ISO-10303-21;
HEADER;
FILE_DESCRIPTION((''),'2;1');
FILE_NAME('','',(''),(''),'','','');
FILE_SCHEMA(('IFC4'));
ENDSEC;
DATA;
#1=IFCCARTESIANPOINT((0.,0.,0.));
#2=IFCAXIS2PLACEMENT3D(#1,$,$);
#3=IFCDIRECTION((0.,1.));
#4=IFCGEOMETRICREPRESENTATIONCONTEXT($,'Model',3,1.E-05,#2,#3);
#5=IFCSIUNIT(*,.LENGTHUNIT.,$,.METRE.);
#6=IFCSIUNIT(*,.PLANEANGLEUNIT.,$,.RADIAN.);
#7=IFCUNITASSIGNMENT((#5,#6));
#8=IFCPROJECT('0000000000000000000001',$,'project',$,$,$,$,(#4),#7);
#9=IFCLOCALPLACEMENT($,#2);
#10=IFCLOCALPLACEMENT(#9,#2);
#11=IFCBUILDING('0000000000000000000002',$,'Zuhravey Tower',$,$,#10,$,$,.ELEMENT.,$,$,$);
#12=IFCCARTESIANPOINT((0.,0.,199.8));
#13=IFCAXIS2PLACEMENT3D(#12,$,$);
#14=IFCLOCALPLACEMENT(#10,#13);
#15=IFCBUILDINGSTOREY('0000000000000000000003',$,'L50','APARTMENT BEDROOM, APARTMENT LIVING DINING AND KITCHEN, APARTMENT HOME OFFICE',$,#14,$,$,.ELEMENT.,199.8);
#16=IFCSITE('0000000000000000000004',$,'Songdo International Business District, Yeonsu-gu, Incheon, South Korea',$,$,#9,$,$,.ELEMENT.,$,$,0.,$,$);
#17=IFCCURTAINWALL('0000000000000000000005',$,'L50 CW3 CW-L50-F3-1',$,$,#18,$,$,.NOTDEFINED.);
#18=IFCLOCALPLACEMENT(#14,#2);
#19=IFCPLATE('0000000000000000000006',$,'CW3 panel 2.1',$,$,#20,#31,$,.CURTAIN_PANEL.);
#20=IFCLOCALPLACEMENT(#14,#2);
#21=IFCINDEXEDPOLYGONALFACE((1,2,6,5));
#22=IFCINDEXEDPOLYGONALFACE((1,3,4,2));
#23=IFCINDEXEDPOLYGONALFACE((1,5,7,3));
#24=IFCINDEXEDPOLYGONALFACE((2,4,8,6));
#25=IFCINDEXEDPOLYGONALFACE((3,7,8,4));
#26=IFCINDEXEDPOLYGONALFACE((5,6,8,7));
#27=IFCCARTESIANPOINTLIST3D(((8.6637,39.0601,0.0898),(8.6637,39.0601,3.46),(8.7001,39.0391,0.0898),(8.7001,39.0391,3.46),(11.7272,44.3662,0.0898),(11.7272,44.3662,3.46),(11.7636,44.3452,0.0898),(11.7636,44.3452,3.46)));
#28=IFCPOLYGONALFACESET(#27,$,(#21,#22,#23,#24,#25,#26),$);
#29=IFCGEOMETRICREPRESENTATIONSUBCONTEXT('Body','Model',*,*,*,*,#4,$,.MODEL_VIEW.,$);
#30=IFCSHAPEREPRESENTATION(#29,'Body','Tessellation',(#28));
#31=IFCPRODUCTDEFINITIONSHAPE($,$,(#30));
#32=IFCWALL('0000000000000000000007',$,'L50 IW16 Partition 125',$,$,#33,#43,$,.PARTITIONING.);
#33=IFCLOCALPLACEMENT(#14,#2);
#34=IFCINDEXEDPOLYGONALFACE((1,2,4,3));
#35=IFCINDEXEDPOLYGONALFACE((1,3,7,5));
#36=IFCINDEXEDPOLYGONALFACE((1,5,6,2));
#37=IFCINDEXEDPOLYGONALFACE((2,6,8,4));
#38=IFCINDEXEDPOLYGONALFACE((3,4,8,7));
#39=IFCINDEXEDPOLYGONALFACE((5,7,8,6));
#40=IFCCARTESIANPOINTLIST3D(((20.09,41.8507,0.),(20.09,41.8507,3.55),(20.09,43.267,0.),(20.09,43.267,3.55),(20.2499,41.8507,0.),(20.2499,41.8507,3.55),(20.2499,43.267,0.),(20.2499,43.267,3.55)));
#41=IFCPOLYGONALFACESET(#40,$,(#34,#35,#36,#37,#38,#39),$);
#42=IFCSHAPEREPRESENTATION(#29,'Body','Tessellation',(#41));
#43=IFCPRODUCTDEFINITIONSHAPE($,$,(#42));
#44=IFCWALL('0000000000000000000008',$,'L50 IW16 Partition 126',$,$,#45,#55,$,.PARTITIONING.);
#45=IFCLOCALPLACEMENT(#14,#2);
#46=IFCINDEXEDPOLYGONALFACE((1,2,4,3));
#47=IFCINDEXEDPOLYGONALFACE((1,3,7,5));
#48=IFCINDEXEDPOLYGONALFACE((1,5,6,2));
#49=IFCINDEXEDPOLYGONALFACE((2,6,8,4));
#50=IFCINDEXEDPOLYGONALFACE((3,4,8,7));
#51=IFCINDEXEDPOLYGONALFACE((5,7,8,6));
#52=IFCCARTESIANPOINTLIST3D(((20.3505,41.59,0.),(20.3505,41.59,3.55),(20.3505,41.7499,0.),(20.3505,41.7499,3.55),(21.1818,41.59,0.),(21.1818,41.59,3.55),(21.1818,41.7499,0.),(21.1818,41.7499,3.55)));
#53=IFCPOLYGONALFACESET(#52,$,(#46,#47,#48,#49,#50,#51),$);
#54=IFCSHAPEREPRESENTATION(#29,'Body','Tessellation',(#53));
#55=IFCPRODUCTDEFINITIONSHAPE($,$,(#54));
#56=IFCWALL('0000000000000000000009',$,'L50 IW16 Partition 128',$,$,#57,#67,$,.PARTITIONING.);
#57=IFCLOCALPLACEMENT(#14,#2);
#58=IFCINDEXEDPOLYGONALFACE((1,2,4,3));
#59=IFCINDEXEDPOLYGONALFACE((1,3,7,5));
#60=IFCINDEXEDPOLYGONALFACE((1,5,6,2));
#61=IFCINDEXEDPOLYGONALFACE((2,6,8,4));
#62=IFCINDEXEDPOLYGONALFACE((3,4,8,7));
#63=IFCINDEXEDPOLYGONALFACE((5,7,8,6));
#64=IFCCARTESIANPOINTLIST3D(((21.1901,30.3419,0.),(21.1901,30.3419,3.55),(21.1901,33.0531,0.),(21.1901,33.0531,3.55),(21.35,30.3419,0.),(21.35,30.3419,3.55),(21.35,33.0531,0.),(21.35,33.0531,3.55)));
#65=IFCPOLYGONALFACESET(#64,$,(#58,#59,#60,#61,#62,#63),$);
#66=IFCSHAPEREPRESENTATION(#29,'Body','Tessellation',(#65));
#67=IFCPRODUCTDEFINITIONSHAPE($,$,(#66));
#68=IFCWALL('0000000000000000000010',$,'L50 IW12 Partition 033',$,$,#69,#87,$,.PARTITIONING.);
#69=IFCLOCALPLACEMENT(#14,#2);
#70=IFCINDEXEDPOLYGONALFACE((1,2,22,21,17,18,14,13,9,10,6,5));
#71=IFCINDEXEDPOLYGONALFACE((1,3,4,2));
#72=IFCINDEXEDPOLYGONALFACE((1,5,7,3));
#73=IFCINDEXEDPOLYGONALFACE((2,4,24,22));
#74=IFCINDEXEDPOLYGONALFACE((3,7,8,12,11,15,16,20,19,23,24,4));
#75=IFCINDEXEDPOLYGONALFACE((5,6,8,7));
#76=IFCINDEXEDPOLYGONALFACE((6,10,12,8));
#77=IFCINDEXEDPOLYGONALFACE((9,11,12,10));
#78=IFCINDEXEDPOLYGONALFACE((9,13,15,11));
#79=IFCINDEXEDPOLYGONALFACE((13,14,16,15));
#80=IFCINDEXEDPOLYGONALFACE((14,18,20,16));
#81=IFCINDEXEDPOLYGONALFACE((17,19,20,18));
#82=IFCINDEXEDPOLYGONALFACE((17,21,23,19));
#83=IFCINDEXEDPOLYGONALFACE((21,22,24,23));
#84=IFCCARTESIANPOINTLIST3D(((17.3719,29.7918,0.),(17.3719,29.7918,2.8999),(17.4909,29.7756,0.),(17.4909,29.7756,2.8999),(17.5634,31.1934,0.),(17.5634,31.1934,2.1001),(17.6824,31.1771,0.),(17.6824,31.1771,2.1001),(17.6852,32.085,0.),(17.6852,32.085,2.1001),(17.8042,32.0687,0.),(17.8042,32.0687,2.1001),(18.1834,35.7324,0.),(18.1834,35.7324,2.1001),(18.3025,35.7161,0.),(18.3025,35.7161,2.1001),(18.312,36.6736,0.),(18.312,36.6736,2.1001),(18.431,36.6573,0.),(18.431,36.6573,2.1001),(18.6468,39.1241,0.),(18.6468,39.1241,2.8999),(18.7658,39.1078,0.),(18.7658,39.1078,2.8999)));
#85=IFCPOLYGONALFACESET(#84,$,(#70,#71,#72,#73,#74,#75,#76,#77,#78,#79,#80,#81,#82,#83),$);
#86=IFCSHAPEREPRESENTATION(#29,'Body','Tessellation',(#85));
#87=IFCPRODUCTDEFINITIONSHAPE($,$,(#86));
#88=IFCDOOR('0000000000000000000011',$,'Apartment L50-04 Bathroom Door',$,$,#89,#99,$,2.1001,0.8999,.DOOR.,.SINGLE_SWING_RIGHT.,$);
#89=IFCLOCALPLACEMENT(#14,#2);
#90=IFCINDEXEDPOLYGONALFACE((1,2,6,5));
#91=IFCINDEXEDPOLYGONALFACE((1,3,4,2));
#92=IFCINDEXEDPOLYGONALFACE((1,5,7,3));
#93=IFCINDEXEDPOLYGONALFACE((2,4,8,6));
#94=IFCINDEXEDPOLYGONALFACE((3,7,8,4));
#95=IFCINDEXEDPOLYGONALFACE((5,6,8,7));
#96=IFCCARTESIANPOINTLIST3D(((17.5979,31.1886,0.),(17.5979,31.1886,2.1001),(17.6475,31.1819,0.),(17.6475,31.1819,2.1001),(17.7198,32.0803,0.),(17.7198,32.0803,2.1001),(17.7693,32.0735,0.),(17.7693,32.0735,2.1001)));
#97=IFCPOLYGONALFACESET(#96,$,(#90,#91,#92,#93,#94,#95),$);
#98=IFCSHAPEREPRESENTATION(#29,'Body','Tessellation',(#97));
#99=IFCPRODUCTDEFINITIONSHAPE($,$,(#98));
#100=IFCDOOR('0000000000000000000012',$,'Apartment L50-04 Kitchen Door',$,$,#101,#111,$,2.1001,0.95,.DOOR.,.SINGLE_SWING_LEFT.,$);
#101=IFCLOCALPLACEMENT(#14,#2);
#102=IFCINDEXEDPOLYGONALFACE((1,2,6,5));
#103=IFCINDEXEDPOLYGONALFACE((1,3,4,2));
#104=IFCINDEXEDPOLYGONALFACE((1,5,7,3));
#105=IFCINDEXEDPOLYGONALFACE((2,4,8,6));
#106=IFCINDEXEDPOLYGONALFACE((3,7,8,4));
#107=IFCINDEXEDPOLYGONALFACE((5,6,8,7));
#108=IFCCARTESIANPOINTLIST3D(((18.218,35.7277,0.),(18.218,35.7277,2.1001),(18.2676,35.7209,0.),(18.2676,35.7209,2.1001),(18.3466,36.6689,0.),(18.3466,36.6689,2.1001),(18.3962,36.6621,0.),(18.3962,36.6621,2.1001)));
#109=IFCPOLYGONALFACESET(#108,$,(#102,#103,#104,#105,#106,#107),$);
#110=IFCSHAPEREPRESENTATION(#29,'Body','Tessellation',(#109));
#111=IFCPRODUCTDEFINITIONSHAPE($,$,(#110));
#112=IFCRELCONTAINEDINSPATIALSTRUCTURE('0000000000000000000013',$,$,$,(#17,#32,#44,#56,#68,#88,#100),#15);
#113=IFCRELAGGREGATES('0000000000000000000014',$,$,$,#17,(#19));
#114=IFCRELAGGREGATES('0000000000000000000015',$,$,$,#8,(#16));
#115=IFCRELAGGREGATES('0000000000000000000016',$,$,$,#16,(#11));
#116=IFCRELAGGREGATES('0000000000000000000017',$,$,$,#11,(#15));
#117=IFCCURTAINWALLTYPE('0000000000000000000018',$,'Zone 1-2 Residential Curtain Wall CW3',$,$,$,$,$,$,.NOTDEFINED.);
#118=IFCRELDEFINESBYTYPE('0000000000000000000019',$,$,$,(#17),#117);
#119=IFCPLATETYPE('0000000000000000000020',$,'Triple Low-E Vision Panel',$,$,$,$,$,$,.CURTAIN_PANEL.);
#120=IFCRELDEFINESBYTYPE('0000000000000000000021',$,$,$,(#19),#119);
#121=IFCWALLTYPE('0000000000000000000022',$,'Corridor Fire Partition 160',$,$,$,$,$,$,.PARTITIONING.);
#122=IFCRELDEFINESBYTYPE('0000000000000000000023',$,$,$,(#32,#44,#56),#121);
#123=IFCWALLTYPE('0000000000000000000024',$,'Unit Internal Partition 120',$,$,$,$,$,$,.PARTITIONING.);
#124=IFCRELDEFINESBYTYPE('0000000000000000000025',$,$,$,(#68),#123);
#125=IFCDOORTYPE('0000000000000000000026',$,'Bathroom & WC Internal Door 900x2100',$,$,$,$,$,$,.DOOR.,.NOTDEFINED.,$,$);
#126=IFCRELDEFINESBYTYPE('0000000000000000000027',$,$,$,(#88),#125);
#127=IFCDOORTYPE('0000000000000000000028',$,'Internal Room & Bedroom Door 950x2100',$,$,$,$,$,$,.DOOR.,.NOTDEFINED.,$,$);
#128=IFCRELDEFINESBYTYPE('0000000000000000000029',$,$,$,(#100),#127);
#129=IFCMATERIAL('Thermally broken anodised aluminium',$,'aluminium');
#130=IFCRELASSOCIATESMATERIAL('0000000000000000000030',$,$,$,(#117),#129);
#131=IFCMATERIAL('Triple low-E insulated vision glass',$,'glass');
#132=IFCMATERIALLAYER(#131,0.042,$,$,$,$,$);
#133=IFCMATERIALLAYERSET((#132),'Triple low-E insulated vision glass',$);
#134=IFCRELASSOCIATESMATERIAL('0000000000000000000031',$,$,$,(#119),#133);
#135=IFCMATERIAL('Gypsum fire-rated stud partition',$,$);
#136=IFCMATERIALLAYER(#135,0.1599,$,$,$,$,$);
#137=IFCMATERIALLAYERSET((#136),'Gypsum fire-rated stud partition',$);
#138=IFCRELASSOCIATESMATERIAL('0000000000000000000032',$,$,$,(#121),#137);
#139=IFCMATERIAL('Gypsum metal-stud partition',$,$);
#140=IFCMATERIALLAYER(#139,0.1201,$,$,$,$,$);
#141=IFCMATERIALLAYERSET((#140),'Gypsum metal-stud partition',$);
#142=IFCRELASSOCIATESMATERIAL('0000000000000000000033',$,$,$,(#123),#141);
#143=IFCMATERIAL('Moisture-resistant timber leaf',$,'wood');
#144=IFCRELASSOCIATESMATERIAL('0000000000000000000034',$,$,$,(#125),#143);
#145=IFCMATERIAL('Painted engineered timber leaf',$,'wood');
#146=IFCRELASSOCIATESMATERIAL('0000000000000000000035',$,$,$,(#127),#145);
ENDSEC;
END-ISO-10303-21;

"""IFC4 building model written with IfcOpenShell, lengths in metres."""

from ifc_helpers import new_model, si_unit, direction, frame, frame_2d, origin, origin_2d, place, context, subcontext, project, spatial, rectangle, extrude, material, layer, layer_set, type_object, element, fill, aggregate, save


model = new_model("IFC4")

# Units and contexts
model_context = context("Model", 3, precision=1e-05, world=origin(), true_north=direction((0.0, 1.0)))
body_context = subcontext(model_context, "Body", "Model", "MODEL_VIEW")
ifc_project = project(units=[si_unit("LENGTHUNIT", "METRE"), si_unit("PLANEANGLEUNIT", "RADIAN")], contexts=[model_context])

# Site, building, storey
site_placement = place(None, origin())
site = spatial("IfcSite", under=ifc_project, at=site_placement, Name="Songdo International Business District, Yeonsu-gu, Incheon, South Korea", CompositionType="ELEMENT", RefElevation=0.0)
building_placement = place(site_placement, origin())
building = spatial("IfcBuilding", under=site, at=building_placement, Name="Zuhravey Tower", CompositionType="ELEMENT")
storey_placement = place(building_placement, frame((0.0, 0.0, 199.8)))
storey = spatial("IfcBuildingStorey", under=building, at=storey_placement, Name="L50", Description="APARTMENT BEDROOM, APARTMENT LIVING DINING AND KITCHEN, APARTMENT HOME OFFICE", CompositionType="ELEMENT", Elevation=199.8)

# Curtain wall
ifc_material_1 = material(Name="Thermally broken anodised aluminium", Category="aluminium")
curtain_wall_type = type_object("IfcCurtainWallType", Name="Zone 1-2 Residential Curtain Wall CW3", PredefinedType="NOTDEFINED", material=ifc_material_1)
curtain_wall_placement = place(storey_placement, origin())
curtain_wall = element("IfcCurtainWall", 1, at=curtain_wall_placement, inside=storey, type_object=curtain_wall_type, Name="L50 CW3 CW-L50-F3-1", PredefinedType="NOTDEFINED")

# Plate
ifc_material_2 = material(Name="Triple low-E insulated vision glass", Category="glass")
ifc_layer_1 = layer(ifc_material_2, 0.042)
ifc_layer_set_1 = layer_set([ifc_layer_1], Name="Triple low-E insulated vision glass")
plate_type_1 = type_object("IfcPlateType", Name="Triple Low-E Vision Panel", PredefinedType="CURTAIN_PANEL", material=ifc_layer_set_1)
plate_1_placement = place(storey_placement, frame((10.2136, 41.7026, 0.0898), z_axis=(0.0, 0.0, 1.0), x_axis=(0.500003, 0.866024, 0.0)))
plate_1 = element("IfcPlate", 2, at=plate_1_placement, type_object=plate_type_1, Name="CW3 panel 2.1", PredefinedType="CURTAIN_PANEL", context=body_context, shape_type="SweptSolid", body=[
    extrude(rectangle(XDim=6.127, YDim=0.042, at=origin_2d()), origin(), (0.0, 0.0, 1.0), 3.3701),
])
aggregate(curtain_wall, [plate_1])

# Walls
ifc_material_3 = material(Name="Gypsum fire-rated stud partition")
ifc_layer_2 = layer(ifc_material_3, 0.1599)
ifc_layer_set_2 = layer_set([ifc_layer_2], Name="Gypsum fire-rated stud partition")
wall_type_1 = type_object("IfcWallType", Name="Corridor Fire Partition 160", PredefinedType="PARTITIONING", material=ifc_layer_set_2)
wall_1_placement = place(storey_placement, frame((20.1699, 43.2668, 0.0), z_axis=(0.0, 0.0, 1.0), x_axis=(0.0, -1.0, 0.0)))
element("IfcWall", 3, at=wall_1_placement, inside=storey, type_object=wall_type_1, Name="L50 IW16 Partition 125", PredefinedType="PARTITIONING", context=body_context, shape_type="SweptSolid", body=[
    extrude(rectangle(XDim=1.4163, YDim=0.1599, at=frame_2d((0.708, 0.0))), origin(), (0.0, 0.0, 1.0), 3.55),
])
wall_2_placement = place(storey_placement, frame((20.3506, 41.6699, 0.0), z_axis=(0.0, 0.0, 1.0), x_axis=(1.0, 0.0, 0.0)))
element("IfcWall", 4, at=wall_2_placement, inside=storey, type_object=wall_type_1, Name="L50 IW16 Partition 126", PredefinedType="PARTITIONING", context=body_context, shape_type="SweptSolid", body=[
    extrude(rectangle(XDim=0.8313, YDim=0.1599, at=frame_2d((0.4155, 0.0))), origin(), (0.0, 0.0, 1.0), 3.55),
])
wall_3_placement = place(storey_placement, frame((21.27, 33.053, 0.0), z_axis=(0.0, 0.0, 1.0), x_axis=(0.0, -1.0, 0.0)))
element("IfcWall", 5, at=wall_3_placement, inside=storey, type_object=wall_type_1, Name="L50 IW16 Partition 128", PredefinedType="PARTITIONING", context=body_context, shape_type="SweptSolid", body=[
    extrude(rectangle(XDim=2.7112, YDim=0.1599, at=frame_2d((1.3555, 0.0))), origin(), (0.0, 0.0, 1.0), 3.55),
])

# Wall, openings, doors
ifc_material_4 = material(Name="Gypsum metal-stud partition")
ifc_layer_3 = layer(ifc_material_4, 0.1201)
ifc_layer_set_3 = layer_set([ifc_layer_3], Name="Gypsum metal-stud partition")
wall_type_2 = type_object("IfcWallType", Name="Unit Internal Partition 120", PredefinedType="PARTITIONING", material=ifc_layer_set_3)
wall_4_placement = place(storey_placement, frame((18.7063, 39.116, 0.0), z_axis=(0.0, 0.0, 1.0), x_axis=(-0.135355, -0.990797, 0.0)))
wall_4 = element("IfcWall", 6, at=wall_4_placement, inside=storey, type_object=wall_type_2, Name="L50 IW12 Partition 033", PredefinedType="PARTITIONING", context=body_context, shape_type="SweptSolid", body=[
    extrude(rectangle(XDim=9.4189, YDim=0.1201, at=frame_2d((4.7095, 0.0))), origin(), (0.0, 0.0, 1.0), 2.8999),
])
opening_1_placement = place(wall_4_placement, frame((2.4731, 0.0, 0.0)))
opening_1 = element("IfcOpeningElement", 7, at=opening_1_placement, cuts=wall_4, PredefinedType="OPENING", context=body_context, shape_type="SweptSolid", body=[
    extrude(rectangle(XDim=0.95, YDim=2.1001, at=frame_2d((0.4751, 1.05))), frame((0.0, 0.072, 0.0), z_axis=(0.0, -1.0, 0.0), x_axis=(1.0, 0.0, 0.0)), (0.0, 0.0, 1.0), 0.144),
])
opening_2_placement = place(wall_4_placement, frame((7.1045, 0.0, 0.0)))
opening_2 = element("IfcOpeningElement", 8, at=opening_2_placement, cuts=wall_4, PredefinedType="OPENING", context=body_context, shape_type="SweptSolid", body=[
    extrude(rectangle(XDim=0.8999, YDim=2.1001, at=frame_2d((0.45, 1.05))), frame((0.0, 0.072, 0.0), z_axis=(0.0, -1.0, 0.0), x_axis=(1.0, 0.0, 0.0)), (0.0, 0.0, 1.0), 0.144),
])
ifc_material_5 = material(Name="Moisture-resistant timber leaf", Category="wood")
door_type_1 = type_object("IfcDoorType", Name="Bathroom & WC Internal Door 900x2100", OperationType="NOTDEFINED", PredefinedType="DOOR", material=ifc_material_5)
door_1_placement = place(opening_2_placement, origin())
door_1 = element("IfcDoor", 9, at=door_1_placement, inside=storey, type_object=door_type_1, Name="Apartment L50-04 Bathroom Door", OperationType="SINGLE_SWING_RIGHT", OverallHeight=2.1001, OverallWidth=0.8999, PredefinedType="DOOR", context=body_context, shape_type="SweptSolid", body=[
    extrude(rectangle(XDim=0.8999, YDim=2.1001, at=frame_2d((0.45, 1.05))), frame((0.0, 0.0249, 0.0), z_axis=(0.0, -1.0, 0.0), x_axis=(1.0, 0.0, 0.0)), (0.0, 0.0, 1.0), 0.05),
])
fill(opening_2, door_1)
ifc_material_6 = material(Name="Painted engineered timber leaf", Category="wood")
door_type_2 = type_object("IfcDoorType", Name="Internal Room & Bedroom Door 950x2100", OperationType="NOTDEFINED", PredefinedType="DOOR", material=ifc_material_6)
door_2_placement = place(opening_1_placement, origin())
door_2 = element("IfcDoor", 10, at=door_2_placement, inside=storey, type_object=door_type_2, Name="Apartment L50-04 Kitchen Door", OperationType="SINGLE_SWING_LEFT", OverallHeight=2.1001, OverallWidth=0.95, PredefinedType="DOOR", context=body_context, shape_type="SweptSolid", body=[
    extrude(rectangle(XDim=0.95, YDim=2.1001, at=frame_2d((0.4751, 1.05))), frame((0.0, 0.0249, 0.0), z_axis=(0.0, -1.0, 0.0), x_axis=(1.0, 0.0, 0.0)), (0.0, 0.0, 1.0), 0.05),
])
fill(opening_1, door_2)

save(model, "model.ifc")
